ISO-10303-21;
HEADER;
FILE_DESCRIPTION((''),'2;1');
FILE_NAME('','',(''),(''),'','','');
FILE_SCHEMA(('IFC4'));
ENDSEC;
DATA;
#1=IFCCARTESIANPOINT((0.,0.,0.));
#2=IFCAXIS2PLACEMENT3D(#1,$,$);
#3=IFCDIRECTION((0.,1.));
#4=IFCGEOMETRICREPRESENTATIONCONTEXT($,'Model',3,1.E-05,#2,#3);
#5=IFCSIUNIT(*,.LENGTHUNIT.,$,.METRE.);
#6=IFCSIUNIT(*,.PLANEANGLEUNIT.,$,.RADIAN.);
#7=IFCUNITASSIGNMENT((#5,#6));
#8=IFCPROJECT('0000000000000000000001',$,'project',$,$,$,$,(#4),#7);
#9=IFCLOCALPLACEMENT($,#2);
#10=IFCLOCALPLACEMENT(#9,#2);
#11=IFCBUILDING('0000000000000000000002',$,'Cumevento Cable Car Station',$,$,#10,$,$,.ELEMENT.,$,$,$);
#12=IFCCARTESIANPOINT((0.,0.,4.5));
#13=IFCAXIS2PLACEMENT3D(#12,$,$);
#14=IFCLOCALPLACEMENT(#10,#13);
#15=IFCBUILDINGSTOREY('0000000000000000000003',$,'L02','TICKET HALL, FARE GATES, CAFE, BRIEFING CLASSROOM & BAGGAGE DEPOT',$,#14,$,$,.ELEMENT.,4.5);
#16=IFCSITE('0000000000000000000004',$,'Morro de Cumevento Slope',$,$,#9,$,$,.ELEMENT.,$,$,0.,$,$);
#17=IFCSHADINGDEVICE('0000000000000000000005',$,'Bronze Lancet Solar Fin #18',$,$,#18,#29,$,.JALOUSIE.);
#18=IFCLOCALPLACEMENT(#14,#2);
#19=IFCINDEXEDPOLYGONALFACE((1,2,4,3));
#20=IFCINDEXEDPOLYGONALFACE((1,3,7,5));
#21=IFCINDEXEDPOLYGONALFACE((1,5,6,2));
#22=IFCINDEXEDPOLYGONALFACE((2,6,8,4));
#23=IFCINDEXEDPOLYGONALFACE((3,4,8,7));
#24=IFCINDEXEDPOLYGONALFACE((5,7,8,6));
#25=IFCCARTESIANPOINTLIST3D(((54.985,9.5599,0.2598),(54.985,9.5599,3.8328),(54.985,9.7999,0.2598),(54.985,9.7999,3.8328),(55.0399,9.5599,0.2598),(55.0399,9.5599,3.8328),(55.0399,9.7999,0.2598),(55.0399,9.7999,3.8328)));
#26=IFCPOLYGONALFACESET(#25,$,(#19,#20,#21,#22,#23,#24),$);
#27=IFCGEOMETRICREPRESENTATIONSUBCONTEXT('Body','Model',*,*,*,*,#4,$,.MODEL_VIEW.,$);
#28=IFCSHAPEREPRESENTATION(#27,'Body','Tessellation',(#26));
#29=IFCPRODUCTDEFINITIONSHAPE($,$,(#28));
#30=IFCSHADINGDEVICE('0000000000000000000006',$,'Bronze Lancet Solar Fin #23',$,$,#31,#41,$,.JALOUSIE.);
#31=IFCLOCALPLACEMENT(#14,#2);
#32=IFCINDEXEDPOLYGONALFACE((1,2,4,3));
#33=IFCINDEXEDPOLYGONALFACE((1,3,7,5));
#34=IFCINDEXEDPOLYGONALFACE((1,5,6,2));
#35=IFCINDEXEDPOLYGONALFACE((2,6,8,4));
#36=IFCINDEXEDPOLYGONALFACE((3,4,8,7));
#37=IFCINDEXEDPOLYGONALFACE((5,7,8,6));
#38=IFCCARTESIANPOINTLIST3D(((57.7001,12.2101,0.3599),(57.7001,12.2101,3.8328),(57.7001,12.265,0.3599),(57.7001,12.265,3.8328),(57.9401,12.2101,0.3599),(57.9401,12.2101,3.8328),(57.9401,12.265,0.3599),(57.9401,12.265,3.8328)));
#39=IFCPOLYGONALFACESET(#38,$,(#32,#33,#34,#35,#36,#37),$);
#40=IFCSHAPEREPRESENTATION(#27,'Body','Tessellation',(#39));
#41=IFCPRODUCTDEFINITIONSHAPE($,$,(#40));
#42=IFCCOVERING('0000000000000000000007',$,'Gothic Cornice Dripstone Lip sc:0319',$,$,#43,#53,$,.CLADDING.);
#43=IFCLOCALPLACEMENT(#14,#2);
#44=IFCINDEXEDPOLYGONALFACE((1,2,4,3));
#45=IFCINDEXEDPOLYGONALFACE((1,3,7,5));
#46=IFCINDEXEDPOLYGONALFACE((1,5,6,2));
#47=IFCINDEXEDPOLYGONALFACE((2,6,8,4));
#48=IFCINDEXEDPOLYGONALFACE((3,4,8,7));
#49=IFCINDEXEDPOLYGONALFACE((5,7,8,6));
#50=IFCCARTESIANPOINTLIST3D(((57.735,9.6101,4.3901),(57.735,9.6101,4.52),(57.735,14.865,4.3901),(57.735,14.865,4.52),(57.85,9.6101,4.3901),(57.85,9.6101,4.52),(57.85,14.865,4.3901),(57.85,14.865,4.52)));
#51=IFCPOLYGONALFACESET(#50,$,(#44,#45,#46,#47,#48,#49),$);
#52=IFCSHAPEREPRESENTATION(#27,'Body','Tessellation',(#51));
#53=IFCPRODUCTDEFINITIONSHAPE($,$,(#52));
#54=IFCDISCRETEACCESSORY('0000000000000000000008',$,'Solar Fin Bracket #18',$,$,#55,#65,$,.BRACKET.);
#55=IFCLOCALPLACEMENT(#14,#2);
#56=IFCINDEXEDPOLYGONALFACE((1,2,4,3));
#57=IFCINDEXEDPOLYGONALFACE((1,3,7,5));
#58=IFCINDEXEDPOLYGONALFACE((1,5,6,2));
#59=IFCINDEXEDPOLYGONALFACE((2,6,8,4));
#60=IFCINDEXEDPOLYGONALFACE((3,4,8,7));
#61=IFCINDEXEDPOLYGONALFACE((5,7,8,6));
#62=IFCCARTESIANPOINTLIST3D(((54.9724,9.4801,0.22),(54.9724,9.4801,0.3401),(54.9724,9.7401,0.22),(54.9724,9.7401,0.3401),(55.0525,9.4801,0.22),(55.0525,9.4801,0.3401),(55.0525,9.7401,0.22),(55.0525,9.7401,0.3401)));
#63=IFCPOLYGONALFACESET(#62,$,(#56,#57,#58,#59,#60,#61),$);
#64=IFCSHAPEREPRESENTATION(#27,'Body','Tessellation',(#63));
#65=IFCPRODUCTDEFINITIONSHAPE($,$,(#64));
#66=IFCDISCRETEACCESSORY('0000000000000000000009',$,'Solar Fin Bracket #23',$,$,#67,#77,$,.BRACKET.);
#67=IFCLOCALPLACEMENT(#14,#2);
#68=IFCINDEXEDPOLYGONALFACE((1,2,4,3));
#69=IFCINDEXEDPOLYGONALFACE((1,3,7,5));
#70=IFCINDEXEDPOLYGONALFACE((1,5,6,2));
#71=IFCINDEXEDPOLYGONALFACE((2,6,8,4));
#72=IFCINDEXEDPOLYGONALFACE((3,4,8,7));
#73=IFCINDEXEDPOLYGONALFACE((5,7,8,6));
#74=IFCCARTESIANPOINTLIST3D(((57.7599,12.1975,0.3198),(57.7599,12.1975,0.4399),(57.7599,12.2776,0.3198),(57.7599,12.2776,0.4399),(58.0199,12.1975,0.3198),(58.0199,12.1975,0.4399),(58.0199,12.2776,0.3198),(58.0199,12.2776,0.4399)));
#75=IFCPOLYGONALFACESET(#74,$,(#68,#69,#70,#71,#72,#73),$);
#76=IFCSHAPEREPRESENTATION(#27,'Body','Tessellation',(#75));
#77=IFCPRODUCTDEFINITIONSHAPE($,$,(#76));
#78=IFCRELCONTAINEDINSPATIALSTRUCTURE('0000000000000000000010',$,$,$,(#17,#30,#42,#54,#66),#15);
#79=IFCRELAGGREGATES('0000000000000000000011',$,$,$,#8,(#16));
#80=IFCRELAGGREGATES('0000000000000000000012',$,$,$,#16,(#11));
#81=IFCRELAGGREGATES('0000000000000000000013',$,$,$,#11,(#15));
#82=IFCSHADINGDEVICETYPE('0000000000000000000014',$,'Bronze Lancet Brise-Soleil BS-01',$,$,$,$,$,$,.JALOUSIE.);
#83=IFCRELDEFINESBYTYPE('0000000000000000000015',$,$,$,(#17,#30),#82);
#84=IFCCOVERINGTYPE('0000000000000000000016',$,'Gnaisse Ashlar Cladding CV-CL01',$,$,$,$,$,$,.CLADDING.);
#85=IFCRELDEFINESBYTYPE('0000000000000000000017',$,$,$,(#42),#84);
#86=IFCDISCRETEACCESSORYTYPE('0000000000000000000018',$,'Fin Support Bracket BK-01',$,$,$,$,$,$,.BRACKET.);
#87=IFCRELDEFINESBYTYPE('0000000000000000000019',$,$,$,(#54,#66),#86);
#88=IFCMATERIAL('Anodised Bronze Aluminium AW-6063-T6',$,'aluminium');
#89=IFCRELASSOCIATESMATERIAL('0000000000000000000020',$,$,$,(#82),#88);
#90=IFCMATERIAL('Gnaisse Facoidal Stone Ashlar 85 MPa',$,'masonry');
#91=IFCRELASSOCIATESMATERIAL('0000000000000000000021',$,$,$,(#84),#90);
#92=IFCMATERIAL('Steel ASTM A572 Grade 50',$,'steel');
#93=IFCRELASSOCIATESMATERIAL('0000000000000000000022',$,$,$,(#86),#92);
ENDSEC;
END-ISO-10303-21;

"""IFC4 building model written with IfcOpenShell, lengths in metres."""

from ifc_helpers import new_model, si_unit, direction, frame, origin, origin_2d, place, context, subcontext, project, spatial, rectangle, extrude, material, type_object, element, save


model = new_model("IFC4")

# Units and contexts
model_context = context("Model", 3, precision=1e-05, world=origin(), true_north=direction((0.0, 1.0)))
body_context = subcontext(model_context, "Body", "Model", "MODEL_VIEW")
ifc_project = project(units=[si_unit("LENGTHUNIT", "METRE"), si_unit("PLANEANGLEUNIT", "RADIAN")], contexts=[model_context])

# Site, building, storey
site_placement = place(None, origin())
site = spatial("IfcSite", under=ifc_project, at=site_placement, Name="Morro de Cumevento Slope", CompositionType="ELEMENT", RefElevation=0.0)
building_placement = place(site_placement, origin())
building = spatial("IfcBuilding", under=site, at=building_placement, Name="Cumevento Cable Car Station", CompositionType="ELEMENT")
storey_placement = place(building_placement, frame((0.0, 0.0, 4.5)))
storey = spatial("IfcBuildingStorey", under=building, at=storey_placement, Name="L02", Description="TICKET HALL, FARE GATES, CAFE, BRIEFING CLASSROOM & BAGGAGE DEPOT", CompositionType="ELEMENT", Elevation=4.5)

# Shading devices
ifc_material_1 = material(Name="Anodised Bronze Aluminium AW-6063-T6", Category="aluminium")
shading_device_type = type_object("IfcShadingDeviceType", Name="Bronze Lancet Brise-Soleil BS-01", PredefinedType="JALOUSIE", material=ifc_material_1)
shading_device_1_placement = place(storey_placement, frame((55.0125, 9.6799, 0.2598), z_axis=(0.0, 0.0, 1.0), x_axis=(1.0, 0.0, 0.0)))
element("IfcShadingDevice", 1, at=shading_device_1_placement, inside=storey, type_object=shading_device_type, Name="Bronze Lancet Solar Fin #18", PredefinedType="JALOUSIE", context=body_context, shape_type="SweptSolid", body=[
    extrude(rectangle(XDim=0.0549, YDim=0.24, at=origin_2d()), origin(), (0.0, 0.0, 1.0), 3.573),
])
shading_device_2_placement = place(storey_placement, frame((57.8201, 12.2375, 0.3599), z_axis=(0.0, 0.0, 1.0), x_axis=(0.0, 1.0, 0.0)))
element("IfcShadingDevice", 2, at=shading_device_2_placement, inside=storey, type_object=shading_device_type, Name="Bronze Lancet Solar Fin #23", PredefinedType="JALOUSIE", context=body_context, shape_type="SweptSolid", body=[
    extrude(rectangle(XDim=0.0549, YDim=0.24, at=origin_2d()), origin(), (0.0, 0.0, 1.0), 3.4729),
])

# Covering
ifc_material_2 = material(Name="Gnaisse Facoidal Stone Ashlar 85 MPa", Category="masonry")
covering_type = type_object("IfcCoveringType", Name="Gnaisse Ashlar Cladding CV-CL01", PredefinedType="CLADDING", material=ifc_material_2)
covering_1_placement = place(storey_placement, frame((57.7925, 12.2375, 4.3901), z_axis=(0.0, 0.0, 1.0), x_axis=(0.0, 1.0, 0.0)))
element("IfcCovering", 3, at=covering_1_placement, inside=storey, type_object=covering_type, Name="Gothic Cornice Dripstone Lip sc:0319", PredefinedType="CLADDING", context=body_context, shape_type="SweptSolid", body=[
    extrude(rectangle(XDim=5.2549, YDim=0.115, at=origin_2d()), origin(), (0.0, 0.0, 1.0), 0.1299),
])

# Discrete accessories
ifc_material_3 = material(Name="Steel ASTM A572 Grade 50", Category="steel")
discrete_accessory_type = type_object("IfcDiscreteAccessoryType", Name="Fin Support Bracket BK-01", PredefinedType="BRACKET", material=ifc_material_3)
for number, where, z_axis, x_axis, name in (
    (4, (55.0125, 9.6101, 0.22), (0.0, 0.0, 1.0), (1.0, 0.0, 0.0), "Solar Fin Bracket #18"),
    (5, (57.8899, 12.2375, 0.3198), (0.0, 0.0, 1.0), (0.0, 1.0, 0.0), "Solar Fin Bracket #23"),
):
    element("IfcDiscreteAccessory", number, at=place(storey_placement, frame(where, z_axis=z_axis, x_axis=x_axis)), inside=storey, type_object=discrete_accessory_type, Name=name, PredefinedType="BRACKET", context=body_context, shape_type="SweptSolid", body=[
        extrude(rectangle(XDim=0.0801, YDim=0.26, at=origin_2d()), origin(), (0.0, 0.0, 1.0), 0.1201),
    ])

save(model, "model.ifc")
